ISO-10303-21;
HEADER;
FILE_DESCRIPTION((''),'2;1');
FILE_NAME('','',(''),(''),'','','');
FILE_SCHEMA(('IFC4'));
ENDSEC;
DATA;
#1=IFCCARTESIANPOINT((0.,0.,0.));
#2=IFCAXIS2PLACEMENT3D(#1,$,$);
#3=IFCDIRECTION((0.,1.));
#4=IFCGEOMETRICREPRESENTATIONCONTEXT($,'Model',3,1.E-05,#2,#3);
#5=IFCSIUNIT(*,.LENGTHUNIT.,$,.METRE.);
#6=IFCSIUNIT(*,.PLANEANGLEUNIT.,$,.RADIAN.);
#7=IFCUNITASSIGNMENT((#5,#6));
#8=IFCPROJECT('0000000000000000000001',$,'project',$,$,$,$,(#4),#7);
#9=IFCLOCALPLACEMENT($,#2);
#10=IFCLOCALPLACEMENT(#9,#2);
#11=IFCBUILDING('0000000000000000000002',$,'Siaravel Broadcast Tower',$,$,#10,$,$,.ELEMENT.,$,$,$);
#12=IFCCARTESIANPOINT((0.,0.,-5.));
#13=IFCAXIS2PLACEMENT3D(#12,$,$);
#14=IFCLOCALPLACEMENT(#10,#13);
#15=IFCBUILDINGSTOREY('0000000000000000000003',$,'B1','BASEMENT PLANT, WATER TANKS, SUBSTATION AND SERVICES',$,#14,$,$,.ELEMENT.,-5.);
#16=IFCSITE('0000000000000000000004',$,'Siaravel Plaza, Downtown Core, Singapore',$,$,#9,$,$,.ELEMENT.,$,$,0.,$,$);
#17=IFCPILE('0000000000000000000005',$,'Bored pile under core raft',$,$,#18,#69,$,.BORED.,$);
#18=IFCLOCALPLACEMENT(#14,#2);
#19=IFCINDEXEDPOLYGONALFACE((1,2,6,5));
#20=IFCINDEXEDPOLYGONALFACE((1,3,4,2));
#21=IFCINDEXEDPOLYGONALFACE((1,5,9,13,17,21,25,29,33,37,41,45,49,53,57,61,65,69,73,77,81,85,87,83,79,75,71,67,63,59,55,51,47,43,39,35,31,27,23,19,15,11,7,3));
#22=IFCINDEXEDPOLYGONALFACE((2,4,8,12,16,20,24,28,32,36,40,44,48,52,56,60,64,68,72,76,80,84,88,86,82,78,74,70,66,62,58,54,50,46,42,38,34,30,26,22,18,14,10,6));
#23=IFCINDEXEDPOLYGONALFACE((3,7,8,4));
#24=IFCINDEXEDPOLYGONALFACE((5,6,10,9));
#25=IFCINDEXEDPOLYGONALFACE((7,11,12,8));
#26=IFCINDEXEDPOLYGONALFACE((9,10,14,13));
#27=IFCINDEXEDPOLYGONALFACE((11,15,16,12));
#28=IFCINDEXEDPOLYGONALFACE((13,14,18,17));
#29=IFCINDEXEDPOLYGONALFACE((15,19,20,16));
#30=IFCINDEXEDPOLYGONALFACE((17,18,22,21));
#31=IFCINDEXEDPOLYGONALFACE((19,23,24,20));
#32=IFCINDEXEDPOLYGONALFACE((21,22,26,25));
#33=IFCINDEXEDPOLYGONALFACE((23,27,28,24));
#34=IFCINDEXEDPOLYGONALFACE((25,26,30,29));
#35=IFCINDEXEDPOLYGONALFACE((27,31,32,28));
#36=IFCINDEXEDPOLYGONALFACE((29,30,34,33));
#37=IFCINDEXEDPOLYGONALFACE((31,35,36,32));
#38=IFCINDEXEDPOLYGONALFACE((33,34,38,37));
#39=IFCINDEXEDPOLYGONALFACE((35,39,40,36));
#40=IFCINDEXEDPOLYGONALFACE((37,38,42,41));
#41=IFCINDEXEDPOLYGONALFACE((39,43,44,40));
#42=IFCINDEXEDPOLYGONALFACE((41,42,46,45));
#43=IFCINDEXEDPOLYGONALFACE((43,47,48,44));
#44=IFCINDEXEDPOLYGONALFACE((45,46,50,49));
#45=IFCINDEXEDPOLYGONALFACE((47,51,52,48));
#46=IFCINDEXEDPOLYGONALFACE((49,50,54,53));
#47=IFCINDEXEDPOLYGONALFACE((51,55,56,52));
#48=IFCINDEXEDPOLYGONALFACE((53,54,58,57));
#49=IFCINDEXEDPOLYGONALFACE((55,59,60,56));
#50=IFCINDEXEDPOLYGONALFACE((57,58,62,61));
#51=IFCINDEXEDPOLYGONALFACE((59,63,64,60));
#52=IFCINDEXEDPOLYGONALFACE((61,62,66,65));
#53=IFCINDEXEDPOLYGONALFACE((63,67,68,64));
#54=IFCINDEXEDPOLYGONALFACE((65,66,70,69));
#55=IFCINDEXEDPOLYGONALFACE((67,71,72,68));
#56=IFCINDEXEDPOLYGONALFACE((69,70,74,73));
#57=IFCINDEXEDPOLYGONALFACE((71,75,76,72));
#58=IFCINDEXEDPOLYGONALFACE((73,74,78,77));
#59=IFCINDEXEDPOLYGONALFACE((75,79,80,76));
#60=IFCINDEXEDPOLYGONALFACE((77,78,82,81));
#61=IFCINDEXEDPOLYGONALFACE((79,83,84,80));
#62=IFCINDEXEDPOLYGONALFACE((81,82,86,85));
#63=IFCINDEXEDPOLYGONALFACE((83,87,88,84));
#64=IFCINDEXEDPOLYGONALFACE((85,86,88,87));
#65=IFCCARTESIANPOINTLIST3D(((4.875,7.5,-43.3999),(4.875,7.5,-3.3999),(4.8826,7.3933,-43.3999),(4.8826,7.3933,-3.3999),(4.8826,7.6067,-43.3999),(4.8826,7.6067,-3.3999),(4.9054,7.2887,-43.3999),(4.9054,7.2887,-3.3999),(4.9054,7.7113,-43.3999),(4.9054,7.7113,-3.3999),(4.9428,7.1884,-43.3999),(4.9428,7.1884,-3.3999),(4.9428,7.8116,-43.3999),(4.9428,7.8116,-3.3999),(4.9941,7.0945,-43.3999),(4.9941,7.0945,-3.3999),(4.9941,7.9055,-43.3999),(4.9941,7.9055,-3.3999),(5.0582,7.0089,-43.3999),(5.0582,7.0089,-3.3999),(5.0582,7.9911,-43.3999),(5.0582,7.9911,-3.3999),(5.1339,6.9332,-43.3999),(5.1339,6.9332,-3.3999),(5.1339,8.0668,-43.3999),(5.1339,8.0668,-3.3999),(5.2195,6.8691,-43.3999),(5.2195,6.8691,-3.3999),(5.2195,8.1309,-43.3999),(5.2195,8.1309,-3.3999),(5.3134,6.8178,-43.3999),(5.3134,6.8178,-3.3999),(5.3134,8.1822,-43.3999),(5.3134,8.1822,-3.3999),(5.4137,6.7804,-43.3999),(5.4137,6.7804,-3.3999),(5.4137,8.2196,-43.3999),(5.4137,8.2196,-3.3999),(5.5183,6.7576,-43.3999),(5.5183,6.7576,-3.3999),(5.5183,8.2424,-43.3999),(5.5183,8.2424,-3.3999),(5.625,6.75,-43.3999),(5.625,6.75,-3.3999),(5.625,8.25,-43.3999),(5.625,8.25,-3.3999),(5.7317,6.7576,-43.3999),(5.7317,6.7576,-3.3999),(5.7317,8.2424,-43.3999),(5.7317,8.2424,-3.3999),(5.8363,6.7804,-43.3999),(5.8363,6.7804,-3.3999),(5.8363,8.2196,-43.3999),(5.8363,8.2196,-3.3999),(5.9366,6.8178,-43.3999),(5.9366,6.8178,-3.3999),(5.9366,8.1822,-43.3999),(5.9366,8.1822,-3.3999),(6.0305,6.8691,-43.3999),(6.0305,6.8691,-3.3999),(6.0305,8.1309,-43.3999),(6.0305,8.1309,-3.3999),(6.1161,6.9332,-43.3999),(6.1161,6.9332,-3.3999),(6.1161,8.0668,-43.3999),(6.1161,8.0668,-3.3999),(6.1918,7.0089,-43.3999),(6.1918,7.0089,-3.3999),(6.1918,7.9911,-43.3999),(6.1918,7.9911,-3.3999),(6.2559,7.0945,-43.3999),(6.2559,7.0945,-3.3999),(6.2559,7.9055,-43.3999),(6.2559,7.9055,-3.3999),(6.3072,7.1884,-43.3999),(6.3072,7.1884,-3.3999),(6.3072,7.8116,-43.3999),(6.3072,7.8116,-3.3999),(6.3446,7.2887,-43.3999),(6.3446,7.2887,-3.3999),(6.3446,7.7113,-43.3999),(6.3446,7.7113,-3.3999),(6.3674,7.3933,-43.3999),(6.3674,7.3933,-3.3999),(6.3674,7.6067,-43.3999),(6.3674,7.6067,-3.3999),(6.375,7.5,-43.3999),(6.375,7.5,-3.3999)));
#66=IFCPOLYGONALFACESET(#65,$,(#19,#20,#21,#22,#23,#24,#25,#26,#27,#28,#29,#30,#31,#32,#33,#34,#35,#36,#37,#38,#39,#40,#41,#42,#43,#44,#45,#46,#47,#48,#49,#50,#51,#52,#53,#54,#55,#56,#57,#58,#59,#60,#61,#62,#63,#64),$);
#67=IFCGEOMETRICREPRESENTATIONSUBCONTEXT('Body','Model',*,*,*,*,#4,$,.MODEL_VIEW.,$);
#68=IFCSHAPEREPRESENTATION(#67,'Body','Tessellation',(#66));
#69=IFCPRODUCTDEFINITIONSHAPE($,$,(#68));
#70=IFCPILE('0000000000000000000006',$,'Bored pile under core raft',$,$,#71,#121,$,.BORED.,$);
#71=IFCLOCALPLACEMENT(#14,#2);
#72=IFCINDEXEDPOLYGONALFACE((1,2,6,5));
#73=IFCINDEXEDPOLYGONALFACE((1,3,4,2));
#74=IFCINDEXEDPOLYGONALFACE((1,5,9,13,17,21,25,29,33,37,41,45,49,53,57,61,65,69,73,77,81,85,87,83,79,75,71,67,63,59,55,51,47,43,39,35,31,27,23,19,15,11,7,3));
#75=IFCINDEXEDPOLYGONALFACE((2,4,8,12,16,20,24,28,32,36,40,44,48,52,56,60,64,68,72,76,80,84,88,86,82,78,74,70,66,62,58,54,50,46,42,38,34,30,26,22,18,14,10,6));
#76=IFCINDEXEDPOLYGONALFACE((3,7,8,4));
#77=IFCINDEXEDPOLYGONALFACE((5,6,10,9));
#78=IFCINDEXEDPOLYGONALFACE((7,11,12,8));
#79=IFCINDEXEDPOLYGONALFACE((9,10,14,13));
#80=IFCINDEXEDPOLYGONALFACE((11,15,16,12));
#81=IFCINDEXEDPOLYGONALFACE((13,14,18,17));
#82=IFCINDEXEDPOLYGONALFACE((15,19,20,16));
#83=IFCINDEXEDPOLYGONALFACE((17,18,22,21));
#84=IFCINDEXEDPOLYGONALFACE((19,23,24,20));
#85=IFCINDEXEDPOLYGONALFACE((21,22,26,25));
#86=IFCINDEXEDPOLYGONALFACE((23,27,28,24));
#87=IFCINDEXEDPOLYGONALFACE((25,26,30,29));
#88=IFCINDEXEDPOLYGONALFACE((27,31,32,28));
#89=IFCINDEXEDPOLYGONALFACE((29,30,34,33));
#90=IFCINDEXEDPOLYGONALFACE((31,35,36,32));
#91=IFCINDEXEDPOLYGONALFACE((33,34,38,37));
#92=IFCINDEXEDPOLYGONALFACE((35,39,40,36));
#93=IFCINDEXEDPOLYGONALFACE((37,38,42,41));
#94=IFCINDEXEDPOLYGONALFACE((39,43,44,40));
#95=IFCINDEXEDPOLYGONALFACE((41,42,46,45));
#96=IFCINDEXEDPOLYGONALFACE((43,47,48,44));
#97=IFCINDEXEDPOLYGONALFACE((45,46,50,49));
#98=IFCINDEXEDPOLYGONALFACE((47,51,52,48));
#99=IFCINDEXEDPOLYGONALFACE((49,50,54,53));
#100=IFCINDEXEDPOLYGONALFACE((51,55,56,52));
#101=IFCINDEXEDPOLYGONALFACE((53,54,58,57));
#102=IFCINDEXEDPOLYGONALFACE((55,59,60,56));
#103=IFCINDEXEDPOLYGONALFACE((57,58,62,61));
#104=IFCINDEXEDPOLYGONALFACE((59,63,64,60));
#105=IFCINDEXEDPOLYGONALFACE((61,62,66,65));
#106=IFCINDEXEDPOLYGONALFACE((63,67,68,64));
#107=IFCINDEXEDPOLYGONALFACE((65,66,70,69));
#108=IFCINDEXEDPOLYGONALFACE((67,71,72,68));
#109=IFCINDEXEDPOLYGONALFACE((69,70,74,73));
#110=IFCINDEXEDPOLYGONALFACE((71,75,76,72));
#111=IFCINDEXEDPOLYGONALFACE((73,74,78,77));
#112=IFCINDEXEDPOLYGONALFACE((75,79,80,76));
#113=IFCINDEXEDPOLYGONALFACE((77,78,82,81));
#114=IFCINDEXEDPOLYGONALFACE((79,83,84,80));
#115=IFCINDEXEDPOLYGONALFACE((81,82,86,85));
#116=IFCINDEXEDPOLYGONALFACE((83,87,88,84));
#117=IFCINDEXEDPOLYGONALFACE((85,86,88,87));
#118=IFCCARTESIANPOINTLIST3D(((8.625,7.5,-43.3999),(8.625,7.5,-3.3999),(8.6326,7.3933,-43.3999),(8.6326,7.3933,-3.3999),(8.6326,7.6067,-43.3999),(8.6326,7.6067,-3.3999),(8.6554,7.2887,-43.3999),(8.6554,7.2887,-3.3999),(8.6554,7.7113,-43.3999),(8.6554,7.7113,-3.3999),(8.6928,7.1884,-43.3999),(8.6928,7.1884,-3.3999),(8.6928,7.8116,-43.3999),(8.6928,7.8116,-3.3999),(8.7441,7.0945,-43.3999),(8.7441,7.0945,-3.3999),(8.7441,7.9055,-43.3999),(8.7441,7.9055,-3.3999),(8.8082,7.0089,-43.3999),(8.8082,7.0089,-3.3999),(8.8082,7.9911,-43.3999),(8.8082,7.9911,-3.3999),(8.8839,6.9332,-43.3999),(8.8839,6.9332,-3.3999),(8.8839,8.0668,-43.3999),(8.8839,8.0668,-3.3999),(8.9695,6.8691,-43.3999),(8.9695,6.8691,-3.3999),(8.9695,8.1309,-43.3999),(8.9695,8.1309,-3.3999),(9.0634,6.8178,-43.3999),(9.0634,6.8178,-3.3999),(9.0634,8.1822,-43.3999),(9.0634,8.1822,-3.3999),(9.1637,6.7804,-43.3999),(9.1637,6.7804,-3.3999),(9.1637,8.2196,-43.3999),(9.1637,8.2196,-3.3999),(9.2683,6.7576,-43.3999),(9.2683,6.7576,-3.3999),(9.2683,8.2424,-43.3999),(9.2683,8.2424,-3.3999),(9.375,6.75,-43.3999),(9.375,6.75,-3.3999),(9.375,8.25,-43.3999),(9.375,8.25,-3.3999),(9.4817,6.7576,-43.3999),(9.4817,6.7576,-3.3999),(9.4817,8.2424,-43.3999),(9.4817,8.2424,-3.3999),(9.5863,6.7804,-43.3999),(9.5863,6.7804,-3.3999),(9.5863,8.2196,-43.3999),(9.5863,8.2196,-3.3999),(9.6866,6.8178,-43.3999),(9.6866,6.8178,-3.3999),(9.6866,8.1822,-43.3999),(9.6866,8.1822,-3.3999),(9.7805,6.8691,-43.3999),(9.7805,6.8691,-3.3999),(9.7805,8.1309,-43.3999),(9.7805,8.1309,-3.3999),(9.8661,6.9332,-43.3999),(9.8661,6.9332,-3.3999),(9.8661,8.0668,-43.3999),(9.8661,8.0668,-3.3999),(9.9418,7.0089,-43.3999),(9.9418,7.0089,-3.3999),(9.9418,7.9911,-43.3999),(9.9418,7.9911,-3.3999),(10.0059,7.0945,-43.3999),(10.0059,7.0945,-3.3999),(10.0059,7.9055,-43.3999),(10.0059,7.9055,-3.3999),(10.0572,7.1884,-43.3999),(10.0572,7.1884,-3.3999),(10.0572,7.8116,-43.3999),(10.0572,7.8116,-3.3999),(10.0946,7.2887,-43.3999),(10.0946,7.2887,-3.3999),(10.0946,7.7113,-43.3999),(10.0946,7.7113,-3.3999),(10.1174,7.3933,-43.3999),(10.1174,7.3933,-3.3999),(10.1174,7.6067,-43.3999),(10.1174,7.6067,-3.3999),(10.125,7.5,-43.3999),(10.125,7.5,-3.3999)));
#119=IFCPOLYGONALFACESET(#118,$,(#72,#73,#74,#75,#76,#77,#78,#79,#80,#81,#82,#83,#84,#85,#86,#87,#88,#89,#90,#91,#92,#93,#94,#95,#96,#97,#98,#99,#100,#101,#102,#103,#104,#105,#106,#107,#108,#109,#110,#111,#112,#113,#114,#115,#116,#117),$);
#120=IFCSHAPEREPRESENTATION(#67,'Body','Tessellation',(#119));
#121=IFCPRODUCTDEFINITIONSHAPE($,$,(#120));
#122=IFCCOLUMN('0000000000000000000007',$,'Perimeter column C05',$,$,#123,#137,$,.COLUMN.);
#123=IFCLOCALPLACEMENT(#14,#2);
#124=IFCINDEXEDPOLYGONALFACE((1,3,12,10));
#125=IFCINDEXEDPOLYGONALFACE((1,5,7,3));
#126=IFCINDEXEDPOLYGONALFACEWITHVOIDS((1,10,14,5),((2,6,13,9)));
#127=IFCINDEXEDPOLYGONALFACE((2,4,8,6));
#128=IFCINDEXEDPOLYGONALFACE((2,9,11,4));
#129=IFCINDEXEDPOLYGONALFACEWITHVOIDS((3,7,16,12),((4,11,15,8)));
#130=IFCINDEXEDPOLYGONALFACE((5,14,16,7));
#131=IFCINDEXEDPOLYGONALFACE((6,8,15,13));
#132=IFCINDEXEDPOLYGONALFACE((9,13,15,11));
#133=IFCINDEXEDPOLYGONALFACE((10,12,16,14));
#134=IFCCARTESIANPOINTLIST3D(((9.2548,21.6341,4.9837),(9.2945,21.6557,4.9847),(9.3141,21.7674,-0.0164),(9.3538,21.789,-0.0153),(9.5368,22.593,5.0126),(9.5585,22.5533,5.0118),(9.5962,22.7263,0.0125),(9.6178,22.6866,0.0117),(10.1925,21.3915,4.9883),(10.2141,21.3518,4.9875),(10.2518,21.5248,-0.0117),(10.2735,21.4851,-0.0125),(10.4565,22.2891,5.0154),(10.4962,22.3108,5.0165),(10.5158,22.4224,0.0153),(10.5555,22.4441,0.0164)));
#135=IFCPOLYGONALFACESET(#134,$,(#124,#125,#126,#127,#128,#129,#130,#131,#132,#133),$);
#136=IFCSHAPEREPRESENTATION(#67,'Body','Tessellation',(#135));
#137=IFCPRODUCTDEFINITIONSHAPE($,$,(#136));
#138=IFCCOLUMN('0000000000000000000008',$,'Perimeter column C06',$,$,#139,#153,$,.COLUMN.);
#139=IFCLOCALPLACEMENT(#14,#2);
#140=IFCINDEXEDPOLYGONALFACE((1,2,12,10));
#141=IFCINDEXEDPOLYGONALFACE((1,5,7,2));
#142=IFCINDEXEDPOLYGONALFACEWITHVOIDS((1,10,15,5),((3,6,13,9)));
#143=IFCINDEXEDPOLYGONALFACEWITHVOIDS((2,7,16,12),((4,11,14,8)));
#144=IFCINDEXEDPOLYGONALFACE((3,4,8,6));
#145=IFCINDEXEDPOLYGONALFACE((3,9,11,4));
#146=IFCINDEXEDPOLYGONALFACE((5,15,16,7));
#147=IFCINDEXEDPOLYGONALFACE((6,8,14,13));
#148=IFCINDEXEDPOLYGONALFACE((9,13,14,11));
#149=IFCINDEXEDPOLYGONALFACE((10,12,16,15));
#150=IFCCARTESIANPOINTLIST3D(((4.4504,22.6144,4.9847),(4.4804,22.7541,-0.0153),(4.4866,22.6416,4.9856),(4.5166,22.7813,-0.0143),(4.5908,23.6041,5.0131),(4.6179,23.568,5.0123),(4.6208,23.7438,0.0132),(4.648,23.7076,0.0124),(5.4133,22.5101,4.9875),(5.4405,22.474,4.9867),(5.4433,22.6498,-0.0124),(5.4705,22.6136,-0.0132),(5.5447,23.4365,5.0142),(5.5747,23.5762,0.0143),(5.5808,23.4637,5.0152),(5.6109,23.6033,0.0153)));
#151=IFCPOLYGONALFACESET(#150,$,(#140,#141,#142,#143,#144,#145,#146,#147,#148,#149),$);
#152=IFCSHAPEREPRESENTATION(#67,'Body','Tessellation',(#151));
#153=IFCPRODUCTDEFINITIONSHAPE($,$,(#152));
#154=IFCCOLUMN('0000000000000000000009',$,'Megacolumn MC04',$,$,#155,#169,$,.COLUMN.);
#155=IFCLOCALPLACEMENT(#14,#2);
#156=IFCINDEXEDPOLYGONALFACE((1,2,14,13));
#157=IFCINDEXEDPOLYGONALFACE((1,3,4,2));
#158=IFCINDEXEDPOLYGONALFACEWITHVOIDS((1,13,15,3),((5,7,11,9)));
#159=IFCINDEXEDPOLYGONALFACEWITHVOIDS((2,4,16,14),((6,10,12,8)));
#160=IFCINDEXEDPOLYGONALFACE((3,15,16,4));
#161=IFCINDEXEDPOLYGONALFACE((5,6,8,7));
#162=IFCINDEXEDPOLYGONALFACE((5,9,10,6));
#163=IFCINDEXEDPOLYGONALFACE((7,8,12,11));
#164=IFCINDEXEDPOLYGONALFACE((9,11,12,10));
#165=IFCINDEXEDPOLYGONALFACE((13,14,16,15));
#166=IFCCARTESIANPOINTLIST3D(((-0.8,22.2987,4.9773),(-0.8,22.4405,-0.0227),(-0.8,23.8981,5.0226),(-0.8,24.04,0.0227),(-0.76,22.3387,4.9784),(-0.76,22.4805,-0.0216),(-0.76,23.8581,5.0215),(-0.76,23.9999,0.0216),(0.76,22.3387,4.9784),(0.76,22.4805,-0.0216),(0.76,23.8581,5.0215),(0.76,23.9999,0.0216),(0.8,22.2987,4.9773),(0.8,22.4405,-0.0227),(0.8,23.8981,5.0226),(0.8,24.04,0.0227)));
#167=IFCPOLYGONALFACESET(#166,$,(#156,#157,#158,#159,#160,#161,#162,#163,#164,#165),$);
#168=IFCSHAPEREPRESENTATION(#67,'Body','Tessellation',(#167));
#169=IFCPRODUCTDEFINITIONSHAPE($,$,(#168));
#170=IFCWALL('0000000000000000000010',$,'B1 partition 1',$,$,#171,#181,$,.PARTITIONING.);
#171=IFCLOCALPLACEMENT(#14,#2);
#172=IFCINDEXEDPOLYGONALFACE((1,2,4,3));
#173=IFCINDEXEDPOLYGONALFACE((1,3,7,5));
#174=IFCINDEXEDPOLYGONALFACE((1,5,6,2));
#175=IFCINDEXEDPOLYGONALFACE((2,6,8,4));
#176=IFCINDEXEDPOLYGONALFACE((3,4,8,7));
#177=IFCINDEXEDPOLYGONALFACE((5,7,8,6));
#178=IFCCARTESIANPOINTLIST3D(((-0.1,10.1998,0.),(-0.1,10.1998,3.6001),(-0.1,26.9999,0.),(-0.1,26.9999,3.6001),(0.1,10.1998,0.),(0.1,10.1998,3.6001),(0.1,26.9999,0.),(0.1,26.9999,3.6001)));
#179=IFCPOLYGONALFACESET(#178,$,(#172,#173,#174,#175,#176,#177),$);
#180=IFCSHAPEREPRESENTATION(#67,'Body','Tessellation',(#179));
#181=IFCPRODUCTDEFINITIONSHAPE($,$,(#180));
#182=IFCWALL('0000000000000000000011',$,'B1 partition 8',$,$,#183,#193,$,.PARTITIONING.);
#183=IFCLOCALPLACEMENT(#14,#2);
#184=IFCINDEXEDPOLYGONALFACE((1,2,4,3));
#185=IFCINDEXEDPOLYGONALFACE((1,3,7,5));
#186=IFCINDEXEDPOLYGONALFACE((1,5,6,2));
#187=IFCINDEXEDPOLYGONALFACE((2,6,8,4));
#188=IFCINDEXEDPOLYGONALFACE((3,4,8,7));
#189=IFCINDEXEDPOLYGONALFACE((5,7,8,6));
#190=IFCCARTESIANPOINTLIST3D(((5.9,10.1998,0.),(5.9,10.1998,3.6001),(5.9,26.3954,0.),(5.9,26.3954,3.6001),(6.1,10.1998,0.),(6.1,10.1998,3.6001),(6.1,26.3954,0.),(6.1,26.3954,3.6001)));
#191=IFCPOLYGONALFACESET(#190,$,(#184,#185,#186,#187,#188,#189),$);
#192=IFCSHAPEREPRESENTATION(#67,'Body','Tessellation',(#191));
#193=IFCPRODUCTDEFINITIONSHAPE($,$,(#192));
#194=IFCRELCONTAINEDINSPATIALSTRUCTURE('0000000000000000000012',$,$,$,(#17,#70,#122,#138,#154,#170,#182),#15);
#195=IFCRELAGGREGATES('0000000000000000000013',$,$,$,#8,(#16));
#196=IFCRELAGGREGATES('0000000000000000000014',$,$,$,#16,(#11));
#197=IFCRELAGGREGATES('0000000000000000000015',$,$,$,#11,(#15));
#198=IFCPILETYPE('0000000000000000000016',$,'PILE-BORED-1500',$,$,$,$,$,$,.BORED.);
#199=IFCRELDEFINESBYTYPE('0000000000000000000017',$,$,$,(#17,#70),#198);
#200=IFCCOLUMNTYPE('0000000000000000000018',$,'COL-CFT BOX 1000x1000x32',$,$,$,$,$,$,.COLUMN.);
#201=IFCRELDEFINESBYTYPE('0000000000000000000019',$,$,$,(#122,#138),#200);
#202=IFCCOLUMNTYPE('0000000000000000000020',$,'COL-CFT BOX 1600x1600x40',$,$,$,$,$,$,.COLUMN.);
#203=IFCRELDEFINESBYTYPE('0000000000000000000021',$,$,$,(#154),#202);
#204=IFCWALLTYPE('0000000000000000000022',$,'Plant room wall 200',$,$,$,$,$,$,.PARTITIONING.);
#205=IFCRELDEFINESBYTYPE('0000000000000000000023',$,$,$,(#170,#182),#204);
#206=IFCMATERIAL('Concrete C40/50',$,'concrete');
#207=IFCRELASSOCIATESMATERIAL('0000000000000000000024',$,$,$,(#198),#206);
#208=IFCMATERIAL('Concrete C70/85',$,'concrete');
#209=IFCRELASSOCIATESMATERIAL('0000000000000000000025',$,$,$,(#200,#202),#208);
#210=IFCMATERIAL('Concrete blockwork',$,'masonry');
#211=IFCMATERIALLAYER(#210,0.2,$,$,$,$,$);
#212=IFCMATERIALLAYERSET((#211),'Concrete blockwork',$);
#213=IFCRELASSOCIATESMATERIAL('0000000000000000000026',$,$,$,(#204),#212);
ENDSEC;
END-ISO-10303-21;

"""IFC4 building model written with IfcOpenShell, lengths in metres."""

from ifc_helpers import new_model, si_unit, direction, frame, frame_2d, origin, origin_2d, place, context, subcontext, project, spatial, rectangle, hollow_rectangle, circle, extrude, material, layer, layer_set, material_profile, profile_set, type_object, element, save


model = new_model("IFC4")

# Units and contexts
model_context = context("Model", 3, precision=1e-05, world=origin(), true_north=direction((0.0, 1.0)))
body_context = subcontext(model_context, "Body", "Model", "MODEL_VIEW")
ifc_project = project(units=[si_unit("LENGTHUNIT", "METRE"), si_unit("PLANEANGLEUNIT", "RADIAN")], contexts=[model_context])

# Site, building, storey
site_placement = place(None, origin())
site = spatial("IfcSite", under=ifc_project, at=site_placement, Name="Siaravel Plaza, Downtown Core, Singapore", CompositionType="ELEMENT", RefElevation=0.0)
building_placement = place(site_placement, origin())
building = spatial("IfcBuilding", under=site, at=building_placement, Name="Siaravel Broadcast Tower", CompositionType="ELEMENT")
storey_placement = place(building_placement, frame((0.0, 0.0, -5.0)))
storey = spatial("IfcBuildingStorey", under=building, at=storey_placement, Name="B1", Description="BASEMENT PLANT, WATER TANKS, SUBSTATION AND SERVICES", CompositionType="ELEMENT", Elevation=-5.0)

# Shared definitions
ifc_material_1 = material(Name="Concrete C40/50", Category="concrete")

# Piles
ifc_material_profile_1 = material_profile(ifc_material_1, circle(Radius=0.75, at=origin_2d()))
ifc_profile_set_1 = profile_set([ifc_material_profile_1], Name="Concrete C40/50")
pile_type_1 = type_object("IfcPileType", Name="PILE-BORED-1500", PredefinedType="BORED", material=ifc_profile_set_1)
for number, where, z_axis, x_axis, name in (
    (1, (5.625, 7.5, -3.3999), (0.0, 0.0, -1.0), (1.0, 0.0, 0.0), "Bored pile under core raft"),
    (2, (9.375, 7.5, -3.3999), (0.0, 0.0, -1.0), (1.0, 0.0, 0.0), "Bored pile under core raft"),
):
    element("IfcPile", number, at=place(storey_placement, frame(where, z_axis=z_axis, x_axis=x_axis)), inside=storey, type_object=pile_type_1, Name=name, PredefinedType="BORED", context=body_context, shape_type="SweptSolid", body=[
        extrude(circle(Radius=0.75, at=origin_2d()), origin(), (0.0, 0.0, 1.0), 40.0),
    ])

# Columns
ifc_material_2 = material(Name="Concrete C70/85", Category="concrete")
ifc_material_profile_2 = material_profile(ifc_material_2, hollow_rectangle(XDim=1.0, YDim=1.0, WallThickness=0.032, at=origin_2d()))
ifc_profile_set_2 = profile_set([ifc_material_profile_2], Name="Concrete C70/85")
column_type_1 = type_object("IfcColumnType", Name="COL-CFT BOX 1000x1000x32", PredefinedType="COLUMN", material=ifc_profile_set_2)
column_1_placement = place(storey_placement, frame((9.9348, 22.1057, 0.0), z_axis=(-0.01186, -0.026649, 0.999574), x_axis=(0.959327, -0.28227, 0.003857)))
element("IfcColumn", 3, at=column_1_placement, inside=storey, type_object=column_type_1, Name="Perimeter column C05", PredefinedType="COLUMN", context=body_context, shape_type="SweptSolid", body=[
    extrude(hollow_rectangle(XDim=1.0, YDim=1.0, WallThickness=0.032, at=origin_2d()), origin(), (0.0, 0.0, 1.0), 5.0022),
])
column_2_placement = place(storey_placement, frame((5.0457, 23.1787, 0.0), z_axis=(-0.006003, -0.027918, 0.999592), x_axis=(0.990084, -0.140459, 0.002023)))
element("IfcColumn", 4, at=column_2_placement, inside=storey, type_object=column_type_1, Name="Perimeter column C06", PredefinedType="COLUMN", context=body_context, shape_type="SweptSolid", body=[
    extrude(hollow_rectangle(XDim=1.0, YDim=1.0, WallThickness=0.032, at=origin_2d()), origin(), (0.0, 0.0, 1.0), 5.002),
])
ifc_material_profile_3 = material_profile(ifc_material_2, hollow_rectangle(XDim=1.6001, YDim=1.6001, WallThickness=0.04, at=origin_2d()))
ifc_profile_set_3 = profile_set([ifc_material_profile_3], Name="Concrete C70/85")
column_type_2 = type_object("IfcColumnType", Name="COL-CFT BOX 1600x1600x40", PredefinedType="COLUMN", material=ifc_profile_set_3)
column_3_placement = place(storey_placement, frame((0.0, 23.2402, 0.0), z_axis=(0.0, -0.028358, 0.999598), x_axis=(1.0, 0.0, 0.0)))
element("IfcColumn", 5, at=column_3_placement, inside=storey, type_object=column_type_2, Name="Megacolumn MC04", PredefinedType="COLUMN", context=body_context, shape_type="SweptSolid", body=[
    extrude(hollow_rectangle(XDim=1.6001, YDim=1.6001, WallThickness=0.04, at=origin_2d()), origin(), (0.0, 0.0, 1.0), 5.002),
])

# Walls
ifc_material_3 = material(Name="Concrete blockwork", Category="masonry")
ifc_layer_1 = layer(ifc_material_3, 0.2)
ifc_layer_set_1 = layer_set([ifc_layer_1], Name="Concrete blockwork")
wall_type_1 = type_object("IfcWallType", Name="Plant room wall 200", PredefinedType="PARTITIONING", material=ifc_layer_set_1)
wall_1_placement = place(storey_placement, frame((0.0, 10.2, 0.0), z_axis=(0.0, 0.0, 1.0), x_axis=(0.0, 1.0, 0.0)))
element("IfcWall", 6, at=wall_1_placement, inside=storey, type_object=wall_type_1, Name="B1 partition 1", PredefinedType="PARTITIONING", context=body_context, shape_type="SweptSolid", body=[
    extrude(rectangle(XDim=16.8, YDim=0.2, at=frame_2d((8.3999, 0.0))), origin(), (0.0, 0.0, 1.0), 3.6001),
])
wall_2_placement = place(storey_placement, frame((6.0, 10.2, 0.0), z_axis=(0.0, 0.0, 1.0), x_axis=(0.0, 1.0, 0.0)))
element("IfcWall", 7, at=wall_2_placement, inside=storey, type_object=wall_type_1, Name="B1 partition 8", PredefinedType="PARTITIONING", context=body_context, shape_type="SweptSolid", body=[
    extrude(rectangle(XDim=16.1956, YDim=0.2, at=frame_2d((8.0977, 0.0))), origin(), (0.0, 0.0, 1.0), 3.6001),
])

save(model, "model.ifc")
